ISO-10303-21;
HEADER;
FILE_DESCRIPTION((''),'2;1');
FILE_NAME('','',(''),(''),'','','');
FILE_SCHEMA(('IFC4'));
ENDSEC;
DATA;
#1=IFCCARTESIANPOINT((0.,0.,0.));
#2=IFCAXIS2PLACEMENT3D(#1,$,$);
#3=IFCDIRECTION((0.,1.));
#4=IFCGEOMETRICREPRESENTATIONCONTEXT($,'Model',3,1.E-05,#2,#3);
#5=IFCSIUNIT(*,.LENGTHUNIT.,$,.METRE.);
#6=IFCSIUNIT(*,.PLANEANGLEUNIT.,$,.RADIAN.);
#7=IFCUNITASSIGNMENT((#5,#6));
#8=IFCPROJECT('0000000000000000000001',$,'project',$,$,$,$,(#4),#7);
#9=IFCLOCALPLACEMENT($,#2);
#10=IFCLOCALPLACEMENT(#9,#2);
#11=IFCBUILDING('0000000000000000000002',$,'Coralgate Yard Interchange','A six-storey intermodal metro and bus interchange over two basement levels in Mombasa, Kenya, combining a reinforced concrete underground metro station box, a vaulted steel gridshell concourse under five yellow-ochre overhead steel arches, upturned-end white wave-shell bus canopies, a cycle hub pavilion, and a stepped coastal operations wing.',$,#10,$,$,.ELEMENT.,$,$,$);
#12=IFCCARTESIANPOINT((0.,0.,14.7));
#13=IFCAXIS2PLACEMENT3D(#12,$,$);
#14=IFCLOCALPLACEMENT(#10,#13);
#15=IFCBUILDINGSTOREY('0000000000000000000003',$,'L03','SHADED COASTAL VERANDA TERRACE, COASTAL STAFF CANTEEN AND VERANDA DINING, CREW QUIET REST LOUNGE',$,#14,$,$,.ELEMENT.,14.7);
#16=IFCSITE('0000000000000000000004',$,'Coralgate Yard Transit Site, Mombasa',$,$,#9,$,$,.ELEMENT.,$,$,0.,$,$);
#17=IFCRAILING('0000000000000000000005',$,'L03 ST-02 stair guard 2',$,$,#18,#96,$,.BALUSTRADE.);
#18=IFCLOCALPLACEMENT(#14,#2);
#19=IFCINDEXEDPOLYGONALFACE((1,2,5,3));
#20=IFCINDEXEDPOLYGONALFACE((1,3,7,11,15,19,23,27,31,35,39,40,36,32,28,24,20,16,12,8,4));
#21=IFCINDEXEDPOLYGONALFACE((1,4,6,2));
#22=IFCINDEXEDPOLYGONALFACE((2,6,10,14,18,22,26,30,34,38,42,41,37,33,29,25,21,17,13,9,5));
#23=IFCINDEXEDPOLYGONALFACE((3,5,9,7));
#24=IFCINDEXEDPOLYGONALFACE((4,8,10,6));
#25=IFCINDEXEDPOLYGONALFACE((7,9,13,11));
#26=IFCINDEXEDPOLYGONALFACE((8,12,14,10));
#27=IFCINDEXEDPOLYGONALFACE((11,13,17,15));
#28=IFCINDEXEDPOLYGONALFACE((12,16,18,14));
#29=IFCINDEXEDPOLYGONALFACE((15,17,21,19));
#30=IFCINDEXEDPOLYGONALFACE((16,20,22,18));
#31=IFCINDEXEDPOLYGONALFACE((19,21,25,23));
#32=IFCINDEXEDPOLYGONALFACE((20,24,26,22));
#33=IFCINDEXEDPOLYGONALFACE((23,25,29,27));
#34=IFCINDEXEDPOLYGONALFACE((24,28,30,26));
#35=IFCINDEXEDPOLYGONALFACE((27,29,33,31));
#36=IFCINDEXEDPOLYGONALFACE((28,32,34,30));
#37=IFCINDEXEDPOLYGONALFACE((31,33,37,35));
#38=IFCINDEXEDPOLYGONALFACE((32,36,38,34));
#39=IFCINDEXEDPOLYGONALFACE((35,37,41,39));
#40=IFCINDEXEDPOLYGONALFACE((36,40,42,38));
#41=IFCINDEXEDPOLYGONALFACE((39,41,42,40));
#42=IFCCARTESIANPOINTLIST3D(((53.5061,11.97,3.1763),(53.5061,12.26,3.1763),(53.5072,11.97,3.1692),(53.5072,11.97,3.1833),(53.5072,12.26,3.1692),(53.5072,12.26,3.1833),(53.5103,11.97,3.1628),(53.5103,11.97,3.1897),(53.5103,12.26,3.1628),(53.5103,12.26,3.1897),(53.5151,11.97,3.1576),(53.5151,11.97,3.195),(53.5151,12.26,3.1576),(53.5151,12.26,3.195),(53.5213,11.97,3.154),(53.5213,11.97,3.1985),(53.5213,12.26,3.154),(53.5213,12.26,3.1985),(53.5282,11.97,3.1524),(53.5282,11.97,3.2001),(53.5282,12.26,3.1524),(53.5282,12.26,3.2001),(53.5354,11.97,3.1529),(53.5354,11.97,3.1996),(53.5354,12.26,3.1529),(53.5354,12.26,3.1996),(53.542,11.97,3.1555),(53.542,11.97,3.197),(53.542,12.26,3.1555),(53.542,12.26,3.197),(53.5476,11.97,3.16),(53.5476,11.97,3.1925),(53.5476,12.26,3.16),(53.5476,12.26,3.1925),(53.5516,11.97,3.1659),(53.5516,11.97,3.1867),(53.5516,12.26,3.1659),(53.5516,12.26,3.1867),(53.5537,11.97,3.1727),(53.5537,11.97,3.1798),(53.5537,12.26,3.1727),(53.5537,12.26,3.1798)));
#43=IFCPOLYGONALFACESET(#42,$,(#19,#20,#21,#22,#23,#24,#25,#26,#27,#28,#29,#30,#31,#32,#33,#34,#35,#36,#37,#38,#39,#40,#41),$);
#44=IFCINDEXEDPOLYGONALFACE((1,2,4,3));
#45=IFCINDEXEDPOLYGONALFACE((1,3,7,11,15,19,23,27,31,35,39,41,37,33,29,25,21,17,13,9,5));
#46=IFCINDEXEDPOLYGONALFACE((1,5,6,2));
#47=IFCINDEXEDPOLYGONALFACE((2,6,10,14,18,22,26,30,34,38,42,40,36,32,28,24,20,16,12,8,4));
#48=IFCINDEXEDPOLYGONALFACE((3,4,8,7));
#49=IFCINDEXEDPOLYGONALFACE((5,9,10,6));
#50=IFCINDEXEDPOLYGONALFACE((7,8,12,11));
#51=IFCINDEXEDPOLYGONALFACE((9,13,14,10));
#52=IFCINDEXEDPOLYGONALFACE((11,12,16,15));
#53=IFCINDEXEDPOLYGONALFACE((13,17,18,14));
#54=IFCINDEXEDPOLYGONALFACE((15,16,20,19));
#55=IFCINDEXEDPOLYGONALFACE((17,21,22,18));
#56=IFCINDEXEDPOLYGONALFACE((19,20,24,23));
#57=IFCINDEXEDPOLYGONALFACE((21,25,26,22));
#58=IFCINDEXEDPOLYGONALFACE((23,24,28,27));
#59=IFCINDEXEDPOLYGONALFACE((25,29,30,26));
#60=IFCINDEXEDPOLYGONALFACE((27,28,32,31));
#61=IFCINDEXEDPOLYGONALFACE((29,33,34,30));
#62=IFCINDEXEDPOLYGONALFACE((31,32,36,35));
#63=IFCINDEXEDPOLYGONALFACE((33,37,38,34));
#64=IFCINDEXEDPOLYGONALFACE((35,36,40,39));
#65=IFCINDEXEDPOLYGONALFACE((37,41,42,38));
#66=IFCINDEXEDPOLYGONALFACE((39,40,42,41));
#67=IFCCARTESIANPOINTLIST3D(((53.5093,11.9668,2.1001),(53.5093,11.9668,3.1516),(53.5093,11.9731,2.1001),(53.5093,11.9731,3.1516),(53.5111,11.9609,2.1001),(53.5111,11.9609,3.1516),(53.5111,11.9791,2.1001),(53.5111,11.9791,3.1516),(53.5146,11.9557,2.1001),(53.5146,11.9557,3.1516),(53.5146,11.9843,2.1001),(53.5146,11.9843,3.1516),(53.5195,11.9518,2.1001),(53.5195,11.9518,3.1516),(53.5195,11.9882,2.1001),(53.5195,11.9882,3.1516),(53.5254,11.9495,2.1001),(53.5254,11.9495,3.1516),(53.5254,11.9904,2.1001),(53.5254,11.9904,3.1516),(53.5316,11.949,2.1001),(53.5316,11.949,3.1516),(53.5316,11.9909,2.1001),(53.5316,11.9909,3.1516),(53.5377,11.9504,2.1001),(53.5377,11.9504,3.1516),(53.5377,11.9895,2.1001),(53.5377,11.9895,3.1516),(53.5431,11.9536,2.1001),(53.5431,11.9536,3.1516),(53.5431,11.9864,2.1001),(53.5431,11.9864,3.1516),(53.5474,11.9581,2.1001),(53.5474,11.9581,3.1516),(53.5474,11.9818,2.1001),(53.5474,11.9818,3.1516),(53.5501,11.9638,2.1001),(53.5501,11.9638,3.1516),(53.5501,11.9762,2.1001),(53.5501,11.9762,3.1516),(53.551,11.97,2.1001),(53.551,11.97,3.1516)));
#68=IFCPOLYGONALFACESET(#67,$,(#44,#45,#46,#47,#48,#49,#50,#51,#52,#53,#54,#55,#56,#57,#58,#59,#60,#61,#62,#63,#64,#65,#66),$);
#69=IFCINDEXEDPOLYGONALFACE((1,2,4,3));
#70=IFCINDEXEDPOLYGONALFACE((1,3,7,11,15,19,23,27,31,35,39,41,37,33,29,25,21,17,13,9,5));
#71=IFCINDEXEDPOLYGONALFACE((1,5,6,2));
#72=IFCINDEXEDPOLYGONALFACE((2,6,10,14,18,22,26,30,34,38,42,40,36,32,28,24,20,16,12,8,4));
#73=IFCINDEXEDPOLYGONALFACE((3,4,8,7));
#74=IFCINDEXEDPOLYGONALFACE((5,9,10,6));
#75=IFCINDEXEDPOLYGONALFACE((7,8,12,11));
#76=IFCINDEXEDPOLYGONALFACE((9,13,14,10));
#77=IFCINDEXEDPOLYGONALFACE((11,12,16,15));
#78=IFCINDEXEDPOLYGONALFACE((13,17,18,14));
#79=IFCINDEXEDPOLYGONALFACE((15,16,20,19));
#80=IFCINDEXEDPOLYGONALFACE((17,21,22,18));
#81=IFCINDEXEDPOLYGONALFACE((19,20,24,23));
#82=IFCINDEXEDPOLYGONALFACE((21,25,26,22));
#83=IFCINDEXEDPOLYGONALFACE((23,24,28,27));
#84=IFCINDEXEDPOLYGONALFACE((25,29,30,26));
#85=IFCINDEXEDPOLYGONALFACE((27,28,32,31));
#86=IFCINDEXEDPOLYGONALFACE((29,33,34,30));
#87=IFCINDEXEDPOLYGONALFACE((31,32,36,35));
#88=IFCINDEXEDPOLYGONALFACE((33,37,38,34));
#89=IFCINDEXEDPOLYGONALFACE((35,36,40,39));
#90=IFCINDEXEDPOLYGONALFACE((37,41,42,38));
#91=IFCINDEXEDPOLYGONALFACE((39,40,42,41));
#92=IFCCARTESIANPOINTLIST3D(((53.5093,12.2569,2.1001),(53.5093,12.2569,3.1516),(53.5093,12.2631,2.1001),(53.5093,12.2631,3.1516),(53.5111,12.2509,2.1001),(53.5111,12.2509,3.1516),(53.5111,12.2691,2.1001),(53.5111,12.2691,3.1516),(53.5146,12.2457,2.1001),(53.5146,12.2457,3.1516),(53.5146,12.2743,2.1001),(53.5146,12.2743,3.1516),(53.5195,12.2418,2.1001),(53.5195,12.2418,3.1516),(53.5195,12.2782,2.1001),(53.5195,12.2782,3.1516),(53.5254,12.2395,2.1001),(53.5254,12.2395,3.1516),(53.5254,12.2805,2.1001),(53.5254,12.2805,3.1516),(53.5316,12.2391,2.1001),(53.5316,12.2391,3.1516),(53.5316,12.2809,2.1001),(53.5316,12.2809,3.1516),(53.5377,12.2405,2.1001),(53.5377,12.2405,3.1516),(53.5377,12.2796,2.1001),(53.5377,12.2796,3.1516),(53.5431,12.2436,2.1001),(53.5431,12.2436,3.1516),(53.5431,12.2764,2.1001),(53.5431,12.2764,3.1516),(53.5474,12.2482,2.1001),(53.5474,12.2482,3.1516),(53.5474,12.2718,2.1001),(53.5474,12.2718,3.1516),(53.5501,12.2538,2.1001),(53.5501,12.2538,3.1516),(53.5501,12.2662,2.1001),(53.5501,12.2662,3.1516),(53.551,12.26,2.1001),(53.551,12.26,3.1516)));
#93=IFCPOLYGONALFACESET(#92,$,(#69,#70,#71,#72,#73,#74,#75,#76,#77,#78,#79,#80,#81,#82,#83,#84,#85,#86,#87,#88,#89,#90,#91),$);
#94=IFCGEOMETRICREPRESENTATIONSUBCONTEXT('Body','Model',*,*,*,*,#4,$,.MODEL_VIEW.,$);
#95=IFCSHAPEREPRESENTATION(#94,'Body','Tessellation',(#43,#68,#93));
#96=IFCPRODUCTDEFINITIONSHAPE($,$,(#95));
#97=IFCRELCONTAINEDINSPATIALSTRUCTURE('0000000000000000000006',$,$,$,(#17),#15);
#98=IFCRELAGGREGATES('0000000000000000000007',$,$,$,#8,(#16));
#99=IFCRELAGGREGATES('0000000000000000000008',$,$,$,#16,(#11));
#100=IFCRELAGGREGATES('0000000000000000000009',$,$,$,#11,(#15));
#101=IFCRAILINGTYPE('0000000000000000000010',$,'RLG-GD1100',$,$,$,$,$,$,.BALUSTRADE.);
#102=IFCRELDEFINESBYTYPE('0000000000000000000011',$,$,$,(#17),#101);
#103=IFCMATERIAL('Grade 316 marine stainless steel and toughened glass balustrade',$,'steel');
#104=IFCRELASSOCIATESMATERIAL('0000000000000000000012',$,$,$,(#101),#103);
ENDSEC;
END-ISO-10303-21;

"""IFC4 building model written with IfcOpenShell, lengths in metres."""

from ifc_helpers import new_model, si_unit, direction, frame, origin, origin_2d, place, context, subcontext, project, spatial, circle, extrude, material, type_object, element, save


model = new_model("IFC4")

# Units and contexts
model_context = context("Model", 3, precision=1e-05, world=origin(), true_north=direction((0.0, 1.0)))
body_context = subcontext(model_context, "Body", "Model", "MODEL_VIEW")
ifc_project = project(units=[si_unit("LENGTHUNIT", "METRE"), si_unit("PLANEANGLEUNIT", "RADIAN")], contexts=[model_context])

# Site, building, storey
site_placement = place(None, origin())
site = spatial("IfcSite", under=ifc_project, at=site_placement, Name="Coralgate Yard Transit Site, Mombasa", CompositionType="ELEMENT", RefElevation=0.0)
building_placement = place(site_placement, origin())
building = spatial("IfcBuilding", under=site, at=building_placement, Name="Coralgate Yard Interchange", Description="A six-storey intermodal metro and bus interchange over two basement levels in Mombasa, Kenya, combining a reinforced concrete underground metro station box, a vaulted steel gridshell concourse under five yellow-ochre overhead steel arches, upturned-end white wave-shell bus canopies, a cycle hub pavilion, and a stepped coastal operations wing.", CompositionType="ELEMENT")
storey_placement = place(building_placement, frame((0.0, 0.0, 14.7)))
storey = spatial("IfcBuildingStorey", under=building, at=storey_placement, Name="L03", Description="SHADED COASTAL VERANDA TERRACE, COASTAL STAFF CANTEEN AND VERANDA DINING, CREW QUIET REST LOUNGE", CompositionType="ELEMENT", Elevation=14.7)

# Railing
ifc_material_1 = material(Name="Grade 316 marine stainless steel and toughened glass balustrade", Category="steel")
railing_type_1 = type_object("IfcRailingType", Name="RLG-GD1100", PredefinedType="BALUSTRADE", material=ifc_material_1)
railing_1_placement = place(storey_placement, frame((53.53, 11.97, 2.1001)))
element("IfcRailing", 1, at=railing_1_placement, inside=storey, type_object=railing_type_1, Name="L03 ST-02 stair guard 2", PredefinedType="BALUSTRADE", context=body_context, shape_type="SweptSolid", body=[
    extrude(circle(Radius=0.0239, at=origin_2d()), frame((0.0, 0.0, 1.0762), z_axis=(0.0, 1.0, 0.0), x_axis=(-1.0, 0.0, 0.0)), (0.0, 0.0, 1.0), 0.29),
    extrude(circle(Radius=0.021, at=origin_2d()), origin(), (0.0, 0.0, 1.0), 1.0515),
    extrude(circle(Radius=0.021, at=origin_2d()), frame((0.0, 0.29, 0.0)), (0.0, 0.0, 1.0), 1.0515),
])

save(model, "model.ifc")
